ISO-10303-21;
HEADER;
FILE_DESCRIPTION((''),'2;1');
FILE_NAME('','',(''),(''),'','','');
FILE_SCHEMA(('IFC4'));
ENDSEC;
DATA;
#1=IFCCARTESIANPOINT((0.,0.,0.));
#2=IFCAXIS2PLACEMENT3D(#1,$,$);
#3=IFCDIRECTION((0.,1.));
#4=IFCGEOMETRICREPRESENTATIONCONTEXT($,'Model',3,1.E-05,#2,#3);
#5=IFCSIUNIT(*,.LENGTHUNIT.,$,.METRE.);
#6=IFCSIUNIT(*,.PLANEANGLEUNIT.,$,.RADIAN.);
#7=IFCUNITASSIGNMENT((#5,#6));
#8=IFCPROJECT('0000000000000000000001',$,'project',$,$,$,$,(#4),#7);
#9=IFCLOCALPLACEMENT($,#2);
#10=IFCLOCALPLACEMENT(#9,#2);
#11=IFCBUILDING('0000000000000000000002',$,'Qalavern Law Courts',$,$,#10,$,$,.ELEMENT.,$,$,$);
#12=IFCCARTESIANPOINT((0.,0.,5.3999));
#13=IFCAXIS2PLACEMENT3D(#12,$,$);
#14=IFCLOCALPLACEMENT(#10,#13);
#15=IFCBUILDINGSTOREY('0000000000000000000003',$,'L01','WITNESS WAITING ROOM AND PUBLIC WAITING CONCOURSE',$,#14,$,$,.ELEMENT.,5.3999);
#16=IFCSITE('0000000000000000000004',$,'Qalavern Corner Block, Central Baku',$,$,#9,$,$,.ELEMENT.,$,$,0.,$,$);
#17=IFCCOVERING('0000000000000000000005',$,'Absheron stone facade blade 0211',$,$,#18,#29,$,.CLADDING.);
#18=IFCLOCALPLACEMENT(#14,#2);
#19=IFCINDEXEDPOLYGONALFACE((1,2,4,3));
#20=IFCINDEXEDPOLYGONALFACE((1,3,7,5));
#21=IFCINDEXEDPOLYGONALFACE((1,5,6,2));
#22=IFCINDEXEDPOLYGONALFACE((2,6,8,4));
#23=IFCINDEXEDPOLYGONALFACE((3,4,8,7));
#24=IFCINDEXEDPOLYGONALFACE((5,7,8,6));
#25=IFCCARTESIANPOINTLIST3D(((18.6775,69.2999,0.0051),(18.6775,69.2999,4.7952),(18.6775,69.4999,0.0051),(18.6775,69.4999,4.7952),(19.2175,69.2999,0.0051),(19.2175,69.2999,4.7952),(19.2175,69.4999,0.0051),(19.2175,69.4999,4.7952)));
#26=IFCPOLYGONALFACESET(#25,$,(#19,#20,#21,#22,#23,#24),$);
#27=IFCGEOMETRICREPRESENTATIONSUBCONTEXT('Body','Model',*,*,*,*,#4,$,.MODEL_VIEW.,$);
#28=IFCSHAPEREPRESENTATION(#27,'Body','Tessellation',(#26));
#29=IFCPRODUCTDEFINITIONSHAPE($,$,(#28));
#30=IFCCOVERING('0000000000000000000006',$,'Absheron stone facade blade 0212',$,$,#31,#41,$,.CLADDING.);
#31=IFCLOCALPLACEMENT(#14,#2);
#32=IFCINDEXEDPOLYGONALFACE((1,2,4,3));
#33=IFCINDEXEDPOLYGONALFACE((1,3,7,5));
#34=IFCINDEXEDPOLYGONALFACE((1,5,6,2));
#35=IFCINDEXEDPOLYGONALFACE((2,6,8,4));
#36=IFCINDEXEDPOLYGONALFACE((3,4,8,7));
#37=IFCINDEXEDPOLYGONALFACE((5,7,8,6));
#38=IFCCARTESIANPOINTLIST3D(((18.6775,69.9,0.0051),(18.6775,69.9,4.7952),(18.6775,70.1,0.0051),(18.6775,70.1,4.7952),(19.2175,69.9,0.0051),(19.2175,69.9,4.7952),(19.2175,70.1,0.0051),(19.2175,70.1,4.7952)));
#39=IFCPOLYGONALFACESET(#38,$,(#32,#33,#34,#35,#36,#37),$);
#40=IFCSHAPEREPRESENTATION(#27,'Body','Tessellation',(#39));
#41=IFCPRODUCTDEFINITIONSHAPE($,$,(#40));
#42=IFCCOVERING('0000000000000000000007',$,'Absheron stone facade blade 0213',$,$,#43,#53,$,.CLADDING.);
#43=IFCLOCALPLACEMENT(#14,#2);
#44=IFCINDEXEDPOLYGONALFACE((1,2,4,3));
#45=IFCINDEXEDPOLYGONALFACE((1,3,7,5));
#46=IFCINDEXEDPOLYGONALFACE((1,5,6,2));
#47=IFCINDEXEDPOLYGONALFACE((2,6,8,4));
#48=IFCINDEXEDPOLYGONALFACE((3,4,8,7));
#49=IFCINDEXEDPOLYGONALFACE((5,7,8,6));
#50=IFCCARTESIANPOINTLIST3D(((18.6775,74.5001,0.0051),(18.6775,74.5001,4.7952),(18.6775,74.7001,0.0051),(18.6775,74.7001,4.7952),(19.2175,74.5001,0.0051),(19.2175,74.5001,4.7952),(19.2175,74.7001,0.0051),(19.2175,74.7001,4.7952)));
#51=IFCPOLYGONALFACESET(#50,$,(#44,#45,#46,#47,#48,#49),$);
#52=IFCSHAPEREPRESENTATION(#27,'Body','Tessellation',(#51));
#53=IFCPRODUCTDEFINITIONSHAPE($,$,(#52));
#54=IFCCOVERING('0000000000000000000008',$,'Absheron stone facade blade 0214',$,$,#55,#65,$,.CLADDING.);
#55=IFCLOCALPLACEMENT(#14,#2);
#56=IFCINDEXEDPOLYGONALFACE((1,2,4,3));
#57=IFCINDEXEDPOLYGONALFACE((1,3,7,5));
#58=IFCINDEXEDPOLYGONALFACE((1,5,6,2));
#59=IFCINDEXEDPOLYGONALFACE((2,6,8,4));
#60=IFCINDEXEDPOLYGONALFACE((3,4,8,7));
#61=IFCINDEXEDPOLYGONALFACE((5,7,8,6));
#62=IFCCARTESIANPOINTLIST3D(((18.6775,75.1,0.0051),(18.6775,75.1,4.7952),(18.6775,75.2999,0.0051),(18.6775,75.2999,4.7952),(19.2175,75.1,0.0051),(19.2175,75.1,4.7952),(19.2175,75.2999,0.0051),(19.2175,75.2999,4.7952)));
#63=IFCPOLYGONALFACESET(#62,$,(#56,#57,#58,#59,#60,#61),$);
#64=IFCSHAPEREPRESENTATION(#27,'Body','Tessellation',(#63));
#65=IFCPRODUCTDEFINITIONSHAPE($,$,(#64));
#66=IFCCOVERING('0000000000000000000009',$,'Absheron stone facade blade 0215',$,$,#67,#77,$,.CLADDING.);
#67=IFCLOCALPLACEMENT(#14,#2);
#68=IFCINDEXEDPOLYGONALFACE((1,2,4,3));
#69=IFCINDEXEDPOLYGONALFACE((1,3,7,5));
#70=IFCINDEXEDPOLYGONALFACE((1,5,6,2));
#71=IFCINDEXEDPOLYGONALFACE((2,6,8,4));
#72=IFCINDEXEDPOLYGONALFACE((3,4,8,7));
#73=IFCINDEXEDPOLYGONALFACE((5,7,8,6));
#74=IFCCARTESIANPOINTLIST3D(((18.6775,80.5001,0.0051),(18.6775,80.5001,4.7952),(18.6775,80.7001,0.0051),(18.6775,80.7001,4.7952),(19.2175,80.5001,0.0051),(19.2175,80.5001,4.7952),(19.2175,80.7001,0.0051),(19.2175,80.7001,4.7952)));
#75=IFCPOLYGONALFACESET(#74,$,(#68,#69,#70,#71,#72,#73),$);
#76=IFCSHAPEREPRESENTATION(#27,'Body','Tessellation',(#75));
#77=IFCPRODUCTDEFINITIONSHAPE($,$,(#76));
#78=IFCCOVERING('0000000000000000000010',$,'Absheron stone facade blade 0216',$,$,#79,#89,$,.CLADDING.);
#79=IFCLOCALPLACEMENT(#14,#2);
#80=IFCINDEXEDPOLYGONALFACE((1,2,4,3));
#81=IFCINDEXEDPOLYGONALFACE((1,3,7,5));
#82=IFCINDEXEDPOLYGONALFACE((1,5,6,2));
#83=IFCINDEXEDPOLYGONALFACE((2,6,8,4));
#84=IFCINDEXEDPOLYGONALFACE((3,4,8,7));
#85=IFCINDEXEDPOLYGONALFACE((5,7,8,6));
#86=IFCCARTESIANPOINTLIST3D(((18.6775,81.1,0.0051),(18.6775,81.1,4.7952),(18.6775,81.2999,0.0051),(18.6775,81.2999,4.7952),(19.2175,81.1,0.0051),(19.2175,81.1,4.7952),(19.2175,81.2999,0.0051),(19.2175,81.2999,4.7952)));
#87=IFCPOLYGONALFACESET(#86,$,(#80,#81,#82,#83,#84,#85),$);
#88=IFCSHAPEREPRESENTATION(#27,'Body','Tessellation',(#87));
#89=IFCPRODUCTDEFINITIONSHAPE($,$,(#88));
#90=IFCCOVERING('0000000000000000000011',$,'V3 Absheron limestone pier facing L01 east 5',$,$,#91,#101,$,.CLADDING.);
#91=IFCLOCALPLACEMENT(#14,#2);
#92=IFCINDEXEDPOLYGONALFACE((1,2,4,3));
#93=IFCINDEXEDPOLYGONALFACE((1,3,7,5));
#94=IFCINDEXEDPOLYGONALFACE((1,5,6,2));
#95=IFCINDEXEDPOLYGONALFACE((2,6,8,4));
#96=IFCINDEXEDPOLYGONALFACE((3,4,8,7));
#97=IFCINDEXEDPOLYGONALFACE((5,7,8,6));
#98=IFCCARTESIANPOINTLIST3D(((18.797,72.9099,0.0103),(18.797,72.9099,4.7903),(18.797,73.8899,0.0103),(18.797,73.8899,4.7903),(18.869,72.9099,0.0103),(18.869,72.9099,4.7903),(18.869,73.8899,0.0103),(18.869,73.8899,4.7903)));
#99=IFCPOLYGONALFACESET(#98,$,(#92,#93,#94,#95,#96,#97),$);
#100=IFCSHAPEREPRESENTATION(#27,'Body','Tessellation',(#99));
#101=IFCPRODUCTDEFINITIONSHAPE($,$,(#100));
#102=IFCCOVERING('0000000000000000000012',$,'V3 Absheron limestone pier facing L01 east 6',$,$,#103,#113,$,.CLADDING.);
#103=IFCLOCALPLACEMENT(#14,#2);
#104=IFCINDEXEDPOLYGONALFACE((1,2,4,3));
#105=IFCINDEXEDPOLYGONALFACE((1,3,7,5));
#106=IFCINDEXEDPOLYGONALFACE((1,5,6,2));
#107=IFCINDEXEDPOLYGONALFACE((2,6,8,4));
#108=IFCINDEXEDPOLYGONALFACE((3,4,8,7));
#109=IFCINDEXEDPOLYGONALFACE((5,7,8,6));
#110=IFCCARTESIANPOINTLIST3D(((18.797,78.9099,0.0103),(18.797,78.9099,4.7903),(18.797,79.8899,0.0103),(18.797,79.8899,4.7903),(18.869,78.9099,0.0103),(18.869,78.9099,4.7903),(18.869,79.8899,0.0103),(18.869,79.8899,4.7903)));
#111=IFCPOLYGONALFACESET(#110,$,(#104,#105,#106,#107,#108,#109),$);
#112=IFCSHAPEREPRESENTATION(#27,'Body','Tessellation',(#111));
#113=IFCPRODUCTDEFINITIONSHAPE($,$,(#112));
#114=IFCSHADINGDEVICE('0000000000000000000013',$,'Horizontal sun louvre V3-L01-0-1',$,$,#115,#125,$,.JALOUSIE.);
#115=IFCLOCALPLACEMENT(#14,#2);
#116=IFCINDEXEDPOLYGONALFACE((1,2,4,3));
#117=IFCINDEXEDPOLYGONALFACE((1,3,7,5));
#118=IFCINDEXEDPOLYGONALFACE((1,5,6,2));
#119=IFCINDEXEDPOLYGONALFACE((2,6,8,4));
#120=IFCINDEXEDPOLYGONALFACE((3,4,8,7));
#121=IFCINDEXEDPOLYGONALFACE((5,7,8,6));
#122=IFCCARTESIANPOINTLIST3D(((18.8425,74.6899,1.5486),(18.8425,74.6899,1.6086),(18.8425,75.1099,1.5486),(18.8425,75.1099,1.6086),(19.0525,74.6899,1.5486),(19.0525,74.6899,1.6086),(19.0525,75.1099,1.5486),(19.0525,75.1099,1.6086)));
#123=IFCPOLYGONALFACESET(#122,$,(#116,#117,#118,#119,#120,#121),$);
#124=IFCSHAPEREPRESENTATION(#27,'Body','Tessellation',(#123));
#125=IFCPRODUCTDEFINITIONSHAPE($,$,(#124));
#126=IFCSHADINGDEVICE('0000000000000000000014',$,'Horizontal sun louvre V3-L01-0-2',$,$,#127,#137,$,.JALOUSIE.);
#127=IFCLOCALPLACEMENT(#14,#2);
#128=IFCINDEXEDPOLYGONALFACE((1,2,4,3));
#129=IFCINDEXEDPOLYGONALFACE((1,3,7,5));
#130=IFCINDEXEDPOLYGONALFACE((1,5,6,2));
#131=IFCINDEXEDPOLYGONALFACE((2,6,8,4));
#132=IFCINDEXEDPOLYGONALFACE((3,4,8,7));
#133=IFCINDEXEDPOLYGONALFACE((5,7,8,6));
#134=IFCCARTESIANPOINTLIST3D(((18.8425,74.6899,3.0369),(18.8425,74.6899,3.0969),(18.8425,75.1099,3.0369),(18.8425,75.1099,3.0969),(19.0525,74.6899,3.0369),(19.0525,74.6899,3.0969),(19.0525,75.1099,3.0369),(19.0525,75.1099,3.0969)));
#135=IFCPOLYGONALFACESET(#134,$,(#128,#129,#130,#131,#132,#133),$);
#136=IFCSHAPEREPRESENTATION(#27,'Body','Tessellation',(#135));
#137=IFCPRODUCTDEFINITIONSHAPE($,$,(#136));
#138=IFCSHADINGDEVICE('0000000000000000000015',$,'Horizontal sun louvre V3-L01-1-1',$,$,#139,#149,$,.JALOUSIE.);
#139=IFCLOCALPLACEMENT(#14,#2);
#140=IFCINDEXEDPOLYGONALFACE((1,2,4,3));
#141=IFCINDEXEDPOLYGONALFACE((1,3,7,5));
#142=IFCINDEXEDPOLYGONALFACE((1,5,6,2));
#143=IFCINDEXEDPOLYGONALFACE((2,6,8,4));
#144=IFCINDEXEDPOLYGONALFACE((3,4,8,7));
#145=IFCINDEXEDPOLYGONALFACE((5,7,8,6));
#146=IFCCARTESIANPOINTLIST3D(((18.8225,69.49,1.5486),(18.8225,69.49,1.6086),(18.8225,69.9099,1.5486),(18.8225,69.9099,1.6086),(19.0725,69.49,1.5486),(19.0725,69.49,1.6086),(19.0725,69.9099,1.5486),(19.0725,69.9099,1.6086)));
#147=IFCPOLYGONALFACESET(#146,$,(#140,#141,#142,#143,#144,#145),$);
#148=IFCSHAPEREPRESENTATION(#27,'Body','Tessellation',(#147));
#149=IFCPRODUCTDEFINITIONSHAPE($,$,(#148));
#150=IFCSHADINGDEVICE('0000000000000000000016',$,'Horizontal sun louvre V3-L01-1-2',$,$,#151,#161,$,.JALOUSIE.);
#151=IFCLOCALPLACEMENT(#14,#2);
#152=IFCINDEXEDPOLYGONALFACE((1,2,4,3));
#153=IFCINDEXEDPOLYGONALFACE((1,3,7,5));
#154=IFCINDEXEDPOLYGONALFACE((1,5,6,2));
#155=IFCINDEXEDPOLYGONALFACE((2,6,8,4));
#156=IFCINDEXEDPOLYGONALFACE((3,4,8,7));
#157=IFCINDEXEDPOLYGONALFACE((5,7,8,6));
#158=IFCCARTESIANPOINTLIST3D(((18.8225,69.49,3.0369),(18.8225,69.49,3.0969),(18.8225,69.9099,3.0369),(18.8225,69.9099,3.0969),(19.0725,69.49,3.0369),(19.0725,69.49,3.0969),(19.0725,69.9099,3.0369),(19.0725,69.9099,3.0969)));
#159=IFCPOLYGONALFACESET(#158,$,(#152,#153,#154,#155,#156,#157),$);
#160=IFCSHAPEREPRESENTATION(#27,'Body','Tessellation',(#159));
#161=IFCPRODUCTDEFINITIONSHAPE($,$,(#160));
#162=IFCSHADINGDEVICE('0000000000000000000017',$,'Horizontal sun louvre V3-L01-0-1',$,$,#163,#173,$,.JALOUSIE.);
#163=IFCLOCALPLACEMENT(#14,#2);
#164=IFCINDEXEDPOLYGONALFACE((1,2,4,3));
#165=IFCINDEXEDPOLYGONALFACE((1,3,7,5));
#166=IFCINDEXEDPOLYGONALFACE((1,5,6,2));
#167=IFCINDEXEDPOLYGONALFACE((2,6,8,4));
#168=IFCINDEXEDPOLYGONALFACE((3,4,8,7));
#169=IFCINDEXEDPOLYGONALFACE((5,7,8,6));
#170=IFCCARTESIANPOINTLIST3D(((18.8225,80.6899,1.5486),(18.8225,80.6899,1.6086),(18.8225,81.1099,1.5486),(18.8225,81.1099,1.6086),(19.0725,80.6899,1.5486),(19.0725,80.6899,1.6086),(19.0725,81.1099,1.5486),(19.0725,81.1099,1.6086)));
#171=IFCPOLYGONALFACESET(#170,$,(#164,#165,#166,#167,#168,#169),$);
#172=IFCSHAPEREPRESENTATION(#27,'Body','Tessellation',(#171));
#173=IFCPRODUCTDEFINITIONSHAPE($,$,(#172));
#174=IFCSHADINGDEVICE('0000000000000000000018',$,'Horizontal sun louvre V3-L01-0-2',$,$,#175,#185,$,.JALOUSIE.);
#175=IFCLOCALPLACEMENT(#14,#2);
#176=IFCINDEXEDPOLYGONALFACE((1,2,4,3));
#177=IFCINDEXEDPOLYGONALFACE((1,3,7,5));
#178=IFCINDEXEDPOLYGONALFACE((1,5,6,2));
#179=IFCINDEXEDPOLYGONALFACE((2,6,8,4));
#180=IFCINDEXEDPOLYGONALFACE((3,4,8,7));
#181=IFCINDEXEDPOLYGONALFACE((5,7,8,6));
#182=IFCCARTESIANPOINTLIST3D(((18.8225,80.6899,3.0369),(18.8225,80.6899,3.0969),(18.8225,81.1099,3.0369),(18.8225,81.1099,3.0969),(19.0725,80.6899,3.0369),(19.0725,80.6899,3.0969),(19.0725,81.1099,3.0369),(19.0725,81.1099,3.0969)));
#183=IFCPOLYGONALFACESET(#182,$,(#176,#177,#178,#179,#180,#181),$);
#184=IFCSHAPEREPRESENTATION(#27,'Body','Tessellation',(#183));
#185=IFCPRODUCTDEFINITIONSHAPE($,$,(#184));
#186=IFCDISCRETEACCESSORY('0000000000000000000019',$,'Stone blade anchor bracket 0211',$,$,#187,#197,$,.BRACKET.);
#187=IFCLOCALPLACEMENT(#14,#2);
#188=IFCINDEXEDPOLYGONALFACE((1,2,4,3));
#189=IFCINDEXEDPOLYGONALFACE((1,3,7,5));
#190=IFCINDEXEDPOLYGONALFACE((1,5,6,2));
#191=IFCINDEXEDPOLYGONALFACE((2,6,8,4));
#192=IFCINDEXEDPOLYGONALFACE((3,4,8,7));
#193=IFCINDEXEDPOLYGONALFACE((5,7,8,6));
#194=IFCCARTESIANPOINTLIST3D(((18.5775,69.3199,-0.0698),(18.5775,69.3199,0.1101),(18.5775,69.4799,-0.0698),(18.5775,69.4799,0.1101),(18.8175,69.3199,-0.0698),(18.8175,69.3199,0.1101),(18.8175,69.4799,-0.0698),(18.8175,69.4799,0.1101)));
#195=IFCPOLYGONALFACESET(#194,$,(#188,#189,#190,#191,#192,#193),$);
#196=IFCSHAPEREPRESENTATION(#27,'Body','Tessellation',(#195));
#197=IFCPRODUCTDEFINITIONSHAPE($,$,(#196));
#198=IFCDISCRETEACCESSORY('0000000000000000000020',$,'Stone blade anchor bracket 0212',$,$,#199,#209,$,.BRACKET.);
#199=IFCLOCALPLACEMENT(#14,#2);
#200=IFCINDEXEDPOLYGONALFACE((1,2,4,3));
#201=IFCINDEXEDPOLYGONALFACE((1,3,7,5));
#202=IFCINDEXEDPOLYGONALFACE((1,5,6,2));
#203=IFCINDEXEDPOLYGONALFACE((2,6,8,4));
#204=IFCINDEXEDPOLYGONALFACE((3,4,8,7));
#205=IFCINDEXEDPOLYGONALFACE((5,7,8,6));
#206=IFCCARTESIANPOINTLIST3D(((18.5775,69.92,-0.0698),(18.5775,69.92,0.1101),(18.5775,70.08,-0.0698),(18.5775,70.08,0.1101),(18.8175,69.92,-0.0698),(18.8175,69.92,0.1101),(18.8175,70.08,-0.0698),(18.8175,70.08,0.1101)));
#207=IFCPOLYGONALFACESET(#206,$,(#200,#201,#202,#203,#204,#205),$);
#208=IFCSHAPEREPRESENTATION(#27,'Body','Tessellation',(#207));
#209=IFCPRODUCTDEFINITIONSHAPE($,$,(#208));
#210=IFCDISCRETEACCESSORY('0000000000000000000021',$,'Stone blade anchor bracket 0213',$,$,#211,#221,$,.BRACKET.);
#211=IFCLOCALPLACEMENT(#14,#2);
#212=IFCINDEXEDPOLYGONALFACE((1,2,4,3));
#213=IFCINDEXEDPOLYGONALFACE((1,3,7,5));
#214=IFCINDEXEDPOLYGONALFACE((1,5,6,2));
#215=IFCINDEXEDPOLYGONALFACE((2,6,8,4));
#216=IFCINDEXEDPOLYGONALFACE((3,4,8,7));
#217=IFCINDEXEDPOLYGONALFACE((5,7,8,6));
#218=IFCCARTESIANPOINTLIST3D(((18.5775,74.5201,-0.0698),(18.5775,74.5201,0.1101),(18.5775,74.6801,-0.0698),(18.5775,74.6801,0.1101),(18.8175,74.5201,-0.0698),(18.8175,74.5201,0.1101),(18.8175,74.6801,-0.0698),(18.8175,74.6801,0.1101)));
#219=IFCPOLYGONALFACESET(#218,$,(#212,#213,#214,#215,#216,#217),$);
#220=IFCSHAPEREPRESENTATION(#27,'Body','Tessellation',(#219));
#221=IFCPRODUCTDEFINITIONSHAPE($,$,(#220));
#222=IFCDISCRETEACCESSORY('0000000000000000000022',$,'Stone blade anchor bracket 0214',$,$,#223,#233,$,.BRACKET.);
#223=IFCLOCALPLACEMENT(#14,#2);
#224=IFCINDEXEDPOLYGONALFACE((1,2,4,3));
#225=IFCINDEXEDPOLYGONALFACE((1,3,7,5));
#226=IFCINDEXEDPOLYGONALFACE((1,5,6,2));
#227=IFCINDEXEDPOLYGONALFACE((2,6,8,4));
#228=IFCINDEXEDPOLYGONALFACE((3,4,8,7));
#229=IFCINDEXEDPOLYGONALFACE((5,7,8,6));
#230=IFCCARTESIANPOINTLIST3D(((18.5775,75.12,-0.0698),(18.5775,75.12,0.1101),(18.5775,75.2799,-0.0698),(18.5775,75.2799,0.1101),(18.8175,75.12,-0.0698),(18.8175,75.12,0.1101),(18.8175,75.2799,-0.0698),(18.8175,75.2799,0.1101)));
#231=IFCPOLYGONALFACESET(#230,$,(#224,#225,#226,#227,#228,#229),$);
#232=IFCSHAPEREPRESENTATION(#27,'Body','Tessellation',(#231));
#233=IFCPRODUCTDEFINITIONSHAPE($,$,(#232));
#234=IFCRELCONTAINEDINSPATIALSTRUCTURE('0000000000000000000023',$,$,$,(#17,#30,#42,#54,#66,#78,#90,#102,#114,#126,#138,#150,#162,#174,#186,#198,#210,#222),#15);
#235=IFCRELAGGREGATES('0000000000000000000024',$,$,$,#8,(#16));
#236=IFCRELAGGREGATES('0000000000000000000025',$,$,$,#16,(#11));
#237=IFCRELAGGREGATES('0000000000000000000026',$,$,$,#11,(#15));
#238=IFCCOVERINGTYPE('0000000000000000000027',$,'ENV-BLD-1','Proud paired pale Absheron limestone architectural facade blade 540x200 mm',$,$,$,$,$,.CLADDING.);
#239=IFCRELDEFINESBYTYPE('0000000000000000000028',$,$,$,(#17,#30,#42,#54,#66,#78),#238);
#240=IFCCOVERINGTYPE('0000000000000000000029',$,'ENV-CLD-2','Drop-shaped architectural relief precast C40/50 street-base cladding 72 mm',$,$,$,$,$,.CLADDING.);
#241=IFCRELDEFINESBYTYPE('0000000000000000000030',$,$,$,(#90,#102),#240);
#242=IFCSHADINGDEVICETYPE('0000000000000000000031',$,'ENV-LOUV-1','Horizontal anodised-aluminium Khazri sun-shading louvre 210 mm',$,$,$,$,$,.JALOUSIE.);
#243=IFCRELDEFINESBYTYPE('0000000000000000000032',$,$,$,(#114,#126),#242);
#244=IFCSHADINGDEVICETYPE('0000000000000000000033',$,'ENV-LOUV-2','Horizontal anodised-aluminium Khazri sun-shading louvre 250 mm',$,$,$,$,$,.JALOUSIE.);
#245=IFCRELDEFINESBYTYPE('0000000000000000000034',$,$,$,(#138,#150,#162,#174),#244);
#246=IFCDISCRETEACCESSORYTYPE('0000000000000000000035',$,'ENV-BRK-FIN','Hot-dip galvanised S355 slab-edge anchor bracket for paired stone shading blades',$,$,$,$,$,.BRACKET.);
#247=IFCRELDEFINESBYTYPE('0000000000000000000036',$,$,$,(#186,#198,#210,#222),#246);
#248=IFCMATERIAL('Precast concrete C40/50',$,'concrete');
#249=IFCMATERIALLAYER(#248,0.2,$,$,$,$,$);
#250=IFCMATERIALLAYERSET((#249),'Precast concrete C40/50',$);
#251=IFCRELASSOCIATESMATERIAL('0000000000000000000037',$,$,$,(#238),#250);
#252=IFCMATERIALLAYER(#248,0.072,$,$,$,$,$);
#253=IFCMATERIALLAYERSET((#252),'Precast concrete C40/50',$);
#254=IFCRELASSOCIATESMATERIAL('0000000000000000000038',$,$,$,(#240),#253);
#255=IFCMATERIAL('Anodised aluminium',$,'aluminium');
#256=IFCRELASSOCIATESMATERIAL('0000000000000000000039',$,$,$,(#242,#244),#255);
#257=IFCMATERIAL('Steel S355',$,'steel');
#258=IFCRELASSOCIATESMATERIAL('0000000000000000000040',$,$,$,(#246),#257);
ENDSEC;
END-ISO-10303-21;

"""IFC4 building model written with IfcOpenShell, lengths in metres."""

from ifc_helpers import new_model, si_unit, direction, frame, origin, origin_2d, place, context, subcontext, project, spatial, rectangle, extrude, material, layer, layer_set, type_object, element, save


model = new_model("IFC4")

# Units and contexts
model_context = context("Model", 3, precision=1e-05, world=origin(), true_north=direction((0.0, 1.0)))
body_context = subcontext(model_context, "Body", "Model", "MODEL_VIEW")
ifc_project = project(units=[si_unit("LENGTHUNIT", "METRE"), si_unit("PLANEANGLEUNIT", "RADIAN")], contexts=[model_context])

# Site, building, storey
site_placement = place(None, origin())
site = spatial("IfcSite", under=ifc_project, at=site_placement, Name="Qalavern Corner Block, Central Baku", CompositionType="ELEMENT", RefElevation=0.0)
building_placement = place(site_placement, origin())
building = spatial("IfcBuilding", under=site, at=building_placement, Name="Qalavern Law Courts", CompositionType="ELEMENT")
storey_placement = place(building_placement, frame((0.0, 0.0, 5.3999)))
storey = spatial("IfcBuildingStorey", under=building, at=storey_placement, Name="L01", Description="WITNESS WAITING ROOM AND PUBLIC WAITING CONCOURSE", CompositionType="ELEMENT", Elevation=5.3999)

# Coverings
ifc_material_1 = material(Name="Precast concrete C40/50", Category="concrete")
ifc_layer_1 = layer(ifc_material_1, 0.2)
ifc_layer_set_1 = layer_set([ifc_layer_1], Name="Precast concrete C40/50")
covering_type_1 = type_object("IfcCoveringType", Name="ENV-BLD-1", Description="Proud paired pale Absheron limestone architectural facade blade 540x200 mm", PredefinedType="CLADDING", material=ifc_layer_set_1)
for number, where, z_axis, x_axis, name in (
    (1, (18.9475, 69.3999, 0.0051), (0.0, 0.0, 1.0), (1.0, 0.0, 0.0), "Absheron stone facade blade 0211"),
    (2, (18.9475, 70.0, 0.0051), (0.0, 0.0, 1.0), (1.0, 0.0, 0.0), "Absheron stone facade blade 0212"),
    (3, (18.9475, 74.6001, 0.0051), (0.0, 0.0, 1.0), (1.0, 0.0, 0.0), "Absheron stone facade blade 0213"),
    (4, (18.9475, 75.2, 0.0051), (0.0, 0.0, 1.0), (1.0, 0.0, 0.0), "Absheron stone facade blade 0214"),
    (5, (18.9475, 80.6001, 0.0051), (0.0, 0.0, 1.0), (1.0, 0.0, 0.0), "Absheron stone facade blade 0215"),
    (6, (18.9475, 81.2, 0.0051), (0.0, 0.0, 1.0), (1.0, 0.0, 0.0), "Absheron stone facade blade 0216"),
):
    element("IfcCovering", number, at=place(storey_placement, frame(where, z_axis=z_axis, x_axis=x_axis)), inside=storey, type_object=covering_type_1, Name=name, PredefinedType="CLADDING", context=body_context, shape_type="SweptSolid", body=[
        extrude(rectangle(XDim=0.54, YDim=0.2, at=origin_2d()), origin(), (0.0, 0.0, 1.0), 4.79),
    ])
ifc_layer_2 = layer(ifc_material_1, 0.072)
ifc_layer_set_2 = layer_set([ifc_layer_2], Name="Precast concrete C40/50")
covering_type_2 = type_object("IfcCoveringType", Name="ENV-CLD-2", Description="Drop-shaped architectural relief precast C40/50 street-base cladding 72 mm", PredefinedType="CLADDING", material=ifc_layer_set_2)
for number, where, z_axis, x_axis, name in (
    (7, (18.833, 73.3999, 0.0103), (0.0, 0.0, 1.0), (0.0, 1.0, 0.0), "V3 Absheron limestone pier facing L01 east 5"),
    (8, (18.833, 79.3999, 0.0103), (0.0, 0.0, 1.0), (0.0, 1.0, 0.0), "V3 Absheron limestone pier facing L01 east 6"),
):
    element("IfcCovering", number, at=place(storey_placement, frame(where, z_axis=z_axis, x_axis=x_axis)), inside=storey, type_object=covering_type_2, Name=name, PredefinedType="CLADDING", context=body_context, shape_type="SweptSolid", body=[
        extrude(rectangle(XDim=0.98, YDim=0.072, at=origin_2d()), origin(), (0.0, 0.0, 1.0), 4.78),
    ])

# Shading devices
ifc_material_2 = material(Name="Anodised aluminium", Category="aluminium")
shading_device_type_1 = type_object("IfcShadingDeviceType", Name="ENV-LOUV-1", Description="Horizontal anodised-aluminium Khazri sun-shading louvre 210 mm", PredefinedType="JALOUSIE", material=ifc_material_2)
for number, where, z_axis, x_axis, name in (
    (9, (18.9475, 74.8999, 1.5486), (0.0, 0.0, 1.0), (0.0, 1.0, 0.0), "Horizontal sun louvre V3-L01-0-1"),
    (10, (18.9475, 74.8999, 3.0369), (0.0, 0.0, 1.0), (0.0, 1.0, 0.0), "Horizontal sun louvre V3-L01-0-2"),
):
    element("IfcShadingDevice", number, at=place(storey_placement, frame(where, z_axis=z_axis, x_axis=x_axis)), inside=storey, type_object=shading_device_type_1, Name=name, PredefinedType="JALOUSIE", context=body_context, shape_type="SweptSolid", body=[
        extrude(rectangle(XDim=0.4199, YDim=0.21, at=origin_2d()), origin(), (0.0, 0.0, 1.0), 0.0601),
    ])
shading_device_type_2 = type_object("IfcShadingDeviceType", Name="ENV-LOUV-2", Description="Horizontal anodised-aluminium Khazri sun-shading louvre 250 mm", PredefinedType="JALOUSIE", material=ifc_material_2)
for number, where, z_axis, x_axis, name in (
    (11, (18.9475, 69.7, 1.5486), (0.0, 0.0, 1.0), (0.0, 1.0, 0.0), "Horizontal sun louvre V3-L01-1-1"),
    (12, (18.9475, 69.7, 3.0369), (0.0, 0.0, 1.0), (0.0, 1.0, 0.0), "Horizontal sun louvre V3-L01-1-2"),
    (13, (18.9475, 80.8999, 1.5486), (0.0, 0.0, 1.0), (0.0, 1.0, 0.0), "Horizontal sun louvre V3-L01-0-1"),
    (14, (18.9475, 80.8999, 3.0369), (0.0, 0.0, 1.0), (0.0, 1.0, 0.0), "Horizontal sun louvre V3-L01-0-2"),
):
    element("IfcShadingDevice", number, at=place(storey_placement, frame(where, z_axis=z_axis, x_axis=x_axis)), inside=storey, type_object=shading_device_type_2, Name=name, PredefinedType="JALOUSIE", context=body_context, shape_type="SweptSolid", body=[
        extrude(rectangle(XDim=0.4199, YDim=0.25, at=origin_2d()), origin(), (0.0, 0.0, 1.0), 0.0601),
    ])

# Discrete accessories
ifc_material_3 = material(Name="Steel S355", Category="steel")
discrete_accessory_type = type_object("IfcDiscreteAccessoryType", Name="ENV-BRK-FIN", Description="Hot-dip galvanised S355 slab-edge anchor bracket for paired stone shading blades", PredefinedType="BRACKET", material=ifc_material_3)
for number, where, z_axis, x_axis, name in (
    (15, (18.6975, 69.3999, -0.0698), (0.0, 0.0, 1.0), (1.0, 0.0, 0.0), "Stone blade anchor bracket 0211"),
    (16, (18.6975, 70.0, -0.0698), (0.0, 0.0, 1.0), (1.0, 0.0, 0.0), "Stone blade anchor bracket 0212"),
    (17, (18.6975, 74.6001, -0.0698), (0.0, 0.0, 1.0), (1.0, 0.0, 0.0), "Stone blade anchor bracket 0213"),
    (18, (18.6975, 75.2, -0.0698), (0.0, 0.0, 1.0), (1.0, 0.0, 0.0), "Stone blade anchor bracket 0214"),
):
    element("IfcDiscreteAccessory", number, at=place(storey_placement, frame(where, z_axis=z_axis, x_axis=x_axis)), inside=storey, type_object=discrete_accessory_type, Name=name, PredefinedType="BRACKET", context=body_context, shape_type="SweptSolid", body=[
        extrude(rectangle(XDim=0.24, YDim=0.1599, at=origin_2d()), origin(), (0.0, 0.0, 1.0), 0.1799),
    ])

save(model, "model.ifc")
